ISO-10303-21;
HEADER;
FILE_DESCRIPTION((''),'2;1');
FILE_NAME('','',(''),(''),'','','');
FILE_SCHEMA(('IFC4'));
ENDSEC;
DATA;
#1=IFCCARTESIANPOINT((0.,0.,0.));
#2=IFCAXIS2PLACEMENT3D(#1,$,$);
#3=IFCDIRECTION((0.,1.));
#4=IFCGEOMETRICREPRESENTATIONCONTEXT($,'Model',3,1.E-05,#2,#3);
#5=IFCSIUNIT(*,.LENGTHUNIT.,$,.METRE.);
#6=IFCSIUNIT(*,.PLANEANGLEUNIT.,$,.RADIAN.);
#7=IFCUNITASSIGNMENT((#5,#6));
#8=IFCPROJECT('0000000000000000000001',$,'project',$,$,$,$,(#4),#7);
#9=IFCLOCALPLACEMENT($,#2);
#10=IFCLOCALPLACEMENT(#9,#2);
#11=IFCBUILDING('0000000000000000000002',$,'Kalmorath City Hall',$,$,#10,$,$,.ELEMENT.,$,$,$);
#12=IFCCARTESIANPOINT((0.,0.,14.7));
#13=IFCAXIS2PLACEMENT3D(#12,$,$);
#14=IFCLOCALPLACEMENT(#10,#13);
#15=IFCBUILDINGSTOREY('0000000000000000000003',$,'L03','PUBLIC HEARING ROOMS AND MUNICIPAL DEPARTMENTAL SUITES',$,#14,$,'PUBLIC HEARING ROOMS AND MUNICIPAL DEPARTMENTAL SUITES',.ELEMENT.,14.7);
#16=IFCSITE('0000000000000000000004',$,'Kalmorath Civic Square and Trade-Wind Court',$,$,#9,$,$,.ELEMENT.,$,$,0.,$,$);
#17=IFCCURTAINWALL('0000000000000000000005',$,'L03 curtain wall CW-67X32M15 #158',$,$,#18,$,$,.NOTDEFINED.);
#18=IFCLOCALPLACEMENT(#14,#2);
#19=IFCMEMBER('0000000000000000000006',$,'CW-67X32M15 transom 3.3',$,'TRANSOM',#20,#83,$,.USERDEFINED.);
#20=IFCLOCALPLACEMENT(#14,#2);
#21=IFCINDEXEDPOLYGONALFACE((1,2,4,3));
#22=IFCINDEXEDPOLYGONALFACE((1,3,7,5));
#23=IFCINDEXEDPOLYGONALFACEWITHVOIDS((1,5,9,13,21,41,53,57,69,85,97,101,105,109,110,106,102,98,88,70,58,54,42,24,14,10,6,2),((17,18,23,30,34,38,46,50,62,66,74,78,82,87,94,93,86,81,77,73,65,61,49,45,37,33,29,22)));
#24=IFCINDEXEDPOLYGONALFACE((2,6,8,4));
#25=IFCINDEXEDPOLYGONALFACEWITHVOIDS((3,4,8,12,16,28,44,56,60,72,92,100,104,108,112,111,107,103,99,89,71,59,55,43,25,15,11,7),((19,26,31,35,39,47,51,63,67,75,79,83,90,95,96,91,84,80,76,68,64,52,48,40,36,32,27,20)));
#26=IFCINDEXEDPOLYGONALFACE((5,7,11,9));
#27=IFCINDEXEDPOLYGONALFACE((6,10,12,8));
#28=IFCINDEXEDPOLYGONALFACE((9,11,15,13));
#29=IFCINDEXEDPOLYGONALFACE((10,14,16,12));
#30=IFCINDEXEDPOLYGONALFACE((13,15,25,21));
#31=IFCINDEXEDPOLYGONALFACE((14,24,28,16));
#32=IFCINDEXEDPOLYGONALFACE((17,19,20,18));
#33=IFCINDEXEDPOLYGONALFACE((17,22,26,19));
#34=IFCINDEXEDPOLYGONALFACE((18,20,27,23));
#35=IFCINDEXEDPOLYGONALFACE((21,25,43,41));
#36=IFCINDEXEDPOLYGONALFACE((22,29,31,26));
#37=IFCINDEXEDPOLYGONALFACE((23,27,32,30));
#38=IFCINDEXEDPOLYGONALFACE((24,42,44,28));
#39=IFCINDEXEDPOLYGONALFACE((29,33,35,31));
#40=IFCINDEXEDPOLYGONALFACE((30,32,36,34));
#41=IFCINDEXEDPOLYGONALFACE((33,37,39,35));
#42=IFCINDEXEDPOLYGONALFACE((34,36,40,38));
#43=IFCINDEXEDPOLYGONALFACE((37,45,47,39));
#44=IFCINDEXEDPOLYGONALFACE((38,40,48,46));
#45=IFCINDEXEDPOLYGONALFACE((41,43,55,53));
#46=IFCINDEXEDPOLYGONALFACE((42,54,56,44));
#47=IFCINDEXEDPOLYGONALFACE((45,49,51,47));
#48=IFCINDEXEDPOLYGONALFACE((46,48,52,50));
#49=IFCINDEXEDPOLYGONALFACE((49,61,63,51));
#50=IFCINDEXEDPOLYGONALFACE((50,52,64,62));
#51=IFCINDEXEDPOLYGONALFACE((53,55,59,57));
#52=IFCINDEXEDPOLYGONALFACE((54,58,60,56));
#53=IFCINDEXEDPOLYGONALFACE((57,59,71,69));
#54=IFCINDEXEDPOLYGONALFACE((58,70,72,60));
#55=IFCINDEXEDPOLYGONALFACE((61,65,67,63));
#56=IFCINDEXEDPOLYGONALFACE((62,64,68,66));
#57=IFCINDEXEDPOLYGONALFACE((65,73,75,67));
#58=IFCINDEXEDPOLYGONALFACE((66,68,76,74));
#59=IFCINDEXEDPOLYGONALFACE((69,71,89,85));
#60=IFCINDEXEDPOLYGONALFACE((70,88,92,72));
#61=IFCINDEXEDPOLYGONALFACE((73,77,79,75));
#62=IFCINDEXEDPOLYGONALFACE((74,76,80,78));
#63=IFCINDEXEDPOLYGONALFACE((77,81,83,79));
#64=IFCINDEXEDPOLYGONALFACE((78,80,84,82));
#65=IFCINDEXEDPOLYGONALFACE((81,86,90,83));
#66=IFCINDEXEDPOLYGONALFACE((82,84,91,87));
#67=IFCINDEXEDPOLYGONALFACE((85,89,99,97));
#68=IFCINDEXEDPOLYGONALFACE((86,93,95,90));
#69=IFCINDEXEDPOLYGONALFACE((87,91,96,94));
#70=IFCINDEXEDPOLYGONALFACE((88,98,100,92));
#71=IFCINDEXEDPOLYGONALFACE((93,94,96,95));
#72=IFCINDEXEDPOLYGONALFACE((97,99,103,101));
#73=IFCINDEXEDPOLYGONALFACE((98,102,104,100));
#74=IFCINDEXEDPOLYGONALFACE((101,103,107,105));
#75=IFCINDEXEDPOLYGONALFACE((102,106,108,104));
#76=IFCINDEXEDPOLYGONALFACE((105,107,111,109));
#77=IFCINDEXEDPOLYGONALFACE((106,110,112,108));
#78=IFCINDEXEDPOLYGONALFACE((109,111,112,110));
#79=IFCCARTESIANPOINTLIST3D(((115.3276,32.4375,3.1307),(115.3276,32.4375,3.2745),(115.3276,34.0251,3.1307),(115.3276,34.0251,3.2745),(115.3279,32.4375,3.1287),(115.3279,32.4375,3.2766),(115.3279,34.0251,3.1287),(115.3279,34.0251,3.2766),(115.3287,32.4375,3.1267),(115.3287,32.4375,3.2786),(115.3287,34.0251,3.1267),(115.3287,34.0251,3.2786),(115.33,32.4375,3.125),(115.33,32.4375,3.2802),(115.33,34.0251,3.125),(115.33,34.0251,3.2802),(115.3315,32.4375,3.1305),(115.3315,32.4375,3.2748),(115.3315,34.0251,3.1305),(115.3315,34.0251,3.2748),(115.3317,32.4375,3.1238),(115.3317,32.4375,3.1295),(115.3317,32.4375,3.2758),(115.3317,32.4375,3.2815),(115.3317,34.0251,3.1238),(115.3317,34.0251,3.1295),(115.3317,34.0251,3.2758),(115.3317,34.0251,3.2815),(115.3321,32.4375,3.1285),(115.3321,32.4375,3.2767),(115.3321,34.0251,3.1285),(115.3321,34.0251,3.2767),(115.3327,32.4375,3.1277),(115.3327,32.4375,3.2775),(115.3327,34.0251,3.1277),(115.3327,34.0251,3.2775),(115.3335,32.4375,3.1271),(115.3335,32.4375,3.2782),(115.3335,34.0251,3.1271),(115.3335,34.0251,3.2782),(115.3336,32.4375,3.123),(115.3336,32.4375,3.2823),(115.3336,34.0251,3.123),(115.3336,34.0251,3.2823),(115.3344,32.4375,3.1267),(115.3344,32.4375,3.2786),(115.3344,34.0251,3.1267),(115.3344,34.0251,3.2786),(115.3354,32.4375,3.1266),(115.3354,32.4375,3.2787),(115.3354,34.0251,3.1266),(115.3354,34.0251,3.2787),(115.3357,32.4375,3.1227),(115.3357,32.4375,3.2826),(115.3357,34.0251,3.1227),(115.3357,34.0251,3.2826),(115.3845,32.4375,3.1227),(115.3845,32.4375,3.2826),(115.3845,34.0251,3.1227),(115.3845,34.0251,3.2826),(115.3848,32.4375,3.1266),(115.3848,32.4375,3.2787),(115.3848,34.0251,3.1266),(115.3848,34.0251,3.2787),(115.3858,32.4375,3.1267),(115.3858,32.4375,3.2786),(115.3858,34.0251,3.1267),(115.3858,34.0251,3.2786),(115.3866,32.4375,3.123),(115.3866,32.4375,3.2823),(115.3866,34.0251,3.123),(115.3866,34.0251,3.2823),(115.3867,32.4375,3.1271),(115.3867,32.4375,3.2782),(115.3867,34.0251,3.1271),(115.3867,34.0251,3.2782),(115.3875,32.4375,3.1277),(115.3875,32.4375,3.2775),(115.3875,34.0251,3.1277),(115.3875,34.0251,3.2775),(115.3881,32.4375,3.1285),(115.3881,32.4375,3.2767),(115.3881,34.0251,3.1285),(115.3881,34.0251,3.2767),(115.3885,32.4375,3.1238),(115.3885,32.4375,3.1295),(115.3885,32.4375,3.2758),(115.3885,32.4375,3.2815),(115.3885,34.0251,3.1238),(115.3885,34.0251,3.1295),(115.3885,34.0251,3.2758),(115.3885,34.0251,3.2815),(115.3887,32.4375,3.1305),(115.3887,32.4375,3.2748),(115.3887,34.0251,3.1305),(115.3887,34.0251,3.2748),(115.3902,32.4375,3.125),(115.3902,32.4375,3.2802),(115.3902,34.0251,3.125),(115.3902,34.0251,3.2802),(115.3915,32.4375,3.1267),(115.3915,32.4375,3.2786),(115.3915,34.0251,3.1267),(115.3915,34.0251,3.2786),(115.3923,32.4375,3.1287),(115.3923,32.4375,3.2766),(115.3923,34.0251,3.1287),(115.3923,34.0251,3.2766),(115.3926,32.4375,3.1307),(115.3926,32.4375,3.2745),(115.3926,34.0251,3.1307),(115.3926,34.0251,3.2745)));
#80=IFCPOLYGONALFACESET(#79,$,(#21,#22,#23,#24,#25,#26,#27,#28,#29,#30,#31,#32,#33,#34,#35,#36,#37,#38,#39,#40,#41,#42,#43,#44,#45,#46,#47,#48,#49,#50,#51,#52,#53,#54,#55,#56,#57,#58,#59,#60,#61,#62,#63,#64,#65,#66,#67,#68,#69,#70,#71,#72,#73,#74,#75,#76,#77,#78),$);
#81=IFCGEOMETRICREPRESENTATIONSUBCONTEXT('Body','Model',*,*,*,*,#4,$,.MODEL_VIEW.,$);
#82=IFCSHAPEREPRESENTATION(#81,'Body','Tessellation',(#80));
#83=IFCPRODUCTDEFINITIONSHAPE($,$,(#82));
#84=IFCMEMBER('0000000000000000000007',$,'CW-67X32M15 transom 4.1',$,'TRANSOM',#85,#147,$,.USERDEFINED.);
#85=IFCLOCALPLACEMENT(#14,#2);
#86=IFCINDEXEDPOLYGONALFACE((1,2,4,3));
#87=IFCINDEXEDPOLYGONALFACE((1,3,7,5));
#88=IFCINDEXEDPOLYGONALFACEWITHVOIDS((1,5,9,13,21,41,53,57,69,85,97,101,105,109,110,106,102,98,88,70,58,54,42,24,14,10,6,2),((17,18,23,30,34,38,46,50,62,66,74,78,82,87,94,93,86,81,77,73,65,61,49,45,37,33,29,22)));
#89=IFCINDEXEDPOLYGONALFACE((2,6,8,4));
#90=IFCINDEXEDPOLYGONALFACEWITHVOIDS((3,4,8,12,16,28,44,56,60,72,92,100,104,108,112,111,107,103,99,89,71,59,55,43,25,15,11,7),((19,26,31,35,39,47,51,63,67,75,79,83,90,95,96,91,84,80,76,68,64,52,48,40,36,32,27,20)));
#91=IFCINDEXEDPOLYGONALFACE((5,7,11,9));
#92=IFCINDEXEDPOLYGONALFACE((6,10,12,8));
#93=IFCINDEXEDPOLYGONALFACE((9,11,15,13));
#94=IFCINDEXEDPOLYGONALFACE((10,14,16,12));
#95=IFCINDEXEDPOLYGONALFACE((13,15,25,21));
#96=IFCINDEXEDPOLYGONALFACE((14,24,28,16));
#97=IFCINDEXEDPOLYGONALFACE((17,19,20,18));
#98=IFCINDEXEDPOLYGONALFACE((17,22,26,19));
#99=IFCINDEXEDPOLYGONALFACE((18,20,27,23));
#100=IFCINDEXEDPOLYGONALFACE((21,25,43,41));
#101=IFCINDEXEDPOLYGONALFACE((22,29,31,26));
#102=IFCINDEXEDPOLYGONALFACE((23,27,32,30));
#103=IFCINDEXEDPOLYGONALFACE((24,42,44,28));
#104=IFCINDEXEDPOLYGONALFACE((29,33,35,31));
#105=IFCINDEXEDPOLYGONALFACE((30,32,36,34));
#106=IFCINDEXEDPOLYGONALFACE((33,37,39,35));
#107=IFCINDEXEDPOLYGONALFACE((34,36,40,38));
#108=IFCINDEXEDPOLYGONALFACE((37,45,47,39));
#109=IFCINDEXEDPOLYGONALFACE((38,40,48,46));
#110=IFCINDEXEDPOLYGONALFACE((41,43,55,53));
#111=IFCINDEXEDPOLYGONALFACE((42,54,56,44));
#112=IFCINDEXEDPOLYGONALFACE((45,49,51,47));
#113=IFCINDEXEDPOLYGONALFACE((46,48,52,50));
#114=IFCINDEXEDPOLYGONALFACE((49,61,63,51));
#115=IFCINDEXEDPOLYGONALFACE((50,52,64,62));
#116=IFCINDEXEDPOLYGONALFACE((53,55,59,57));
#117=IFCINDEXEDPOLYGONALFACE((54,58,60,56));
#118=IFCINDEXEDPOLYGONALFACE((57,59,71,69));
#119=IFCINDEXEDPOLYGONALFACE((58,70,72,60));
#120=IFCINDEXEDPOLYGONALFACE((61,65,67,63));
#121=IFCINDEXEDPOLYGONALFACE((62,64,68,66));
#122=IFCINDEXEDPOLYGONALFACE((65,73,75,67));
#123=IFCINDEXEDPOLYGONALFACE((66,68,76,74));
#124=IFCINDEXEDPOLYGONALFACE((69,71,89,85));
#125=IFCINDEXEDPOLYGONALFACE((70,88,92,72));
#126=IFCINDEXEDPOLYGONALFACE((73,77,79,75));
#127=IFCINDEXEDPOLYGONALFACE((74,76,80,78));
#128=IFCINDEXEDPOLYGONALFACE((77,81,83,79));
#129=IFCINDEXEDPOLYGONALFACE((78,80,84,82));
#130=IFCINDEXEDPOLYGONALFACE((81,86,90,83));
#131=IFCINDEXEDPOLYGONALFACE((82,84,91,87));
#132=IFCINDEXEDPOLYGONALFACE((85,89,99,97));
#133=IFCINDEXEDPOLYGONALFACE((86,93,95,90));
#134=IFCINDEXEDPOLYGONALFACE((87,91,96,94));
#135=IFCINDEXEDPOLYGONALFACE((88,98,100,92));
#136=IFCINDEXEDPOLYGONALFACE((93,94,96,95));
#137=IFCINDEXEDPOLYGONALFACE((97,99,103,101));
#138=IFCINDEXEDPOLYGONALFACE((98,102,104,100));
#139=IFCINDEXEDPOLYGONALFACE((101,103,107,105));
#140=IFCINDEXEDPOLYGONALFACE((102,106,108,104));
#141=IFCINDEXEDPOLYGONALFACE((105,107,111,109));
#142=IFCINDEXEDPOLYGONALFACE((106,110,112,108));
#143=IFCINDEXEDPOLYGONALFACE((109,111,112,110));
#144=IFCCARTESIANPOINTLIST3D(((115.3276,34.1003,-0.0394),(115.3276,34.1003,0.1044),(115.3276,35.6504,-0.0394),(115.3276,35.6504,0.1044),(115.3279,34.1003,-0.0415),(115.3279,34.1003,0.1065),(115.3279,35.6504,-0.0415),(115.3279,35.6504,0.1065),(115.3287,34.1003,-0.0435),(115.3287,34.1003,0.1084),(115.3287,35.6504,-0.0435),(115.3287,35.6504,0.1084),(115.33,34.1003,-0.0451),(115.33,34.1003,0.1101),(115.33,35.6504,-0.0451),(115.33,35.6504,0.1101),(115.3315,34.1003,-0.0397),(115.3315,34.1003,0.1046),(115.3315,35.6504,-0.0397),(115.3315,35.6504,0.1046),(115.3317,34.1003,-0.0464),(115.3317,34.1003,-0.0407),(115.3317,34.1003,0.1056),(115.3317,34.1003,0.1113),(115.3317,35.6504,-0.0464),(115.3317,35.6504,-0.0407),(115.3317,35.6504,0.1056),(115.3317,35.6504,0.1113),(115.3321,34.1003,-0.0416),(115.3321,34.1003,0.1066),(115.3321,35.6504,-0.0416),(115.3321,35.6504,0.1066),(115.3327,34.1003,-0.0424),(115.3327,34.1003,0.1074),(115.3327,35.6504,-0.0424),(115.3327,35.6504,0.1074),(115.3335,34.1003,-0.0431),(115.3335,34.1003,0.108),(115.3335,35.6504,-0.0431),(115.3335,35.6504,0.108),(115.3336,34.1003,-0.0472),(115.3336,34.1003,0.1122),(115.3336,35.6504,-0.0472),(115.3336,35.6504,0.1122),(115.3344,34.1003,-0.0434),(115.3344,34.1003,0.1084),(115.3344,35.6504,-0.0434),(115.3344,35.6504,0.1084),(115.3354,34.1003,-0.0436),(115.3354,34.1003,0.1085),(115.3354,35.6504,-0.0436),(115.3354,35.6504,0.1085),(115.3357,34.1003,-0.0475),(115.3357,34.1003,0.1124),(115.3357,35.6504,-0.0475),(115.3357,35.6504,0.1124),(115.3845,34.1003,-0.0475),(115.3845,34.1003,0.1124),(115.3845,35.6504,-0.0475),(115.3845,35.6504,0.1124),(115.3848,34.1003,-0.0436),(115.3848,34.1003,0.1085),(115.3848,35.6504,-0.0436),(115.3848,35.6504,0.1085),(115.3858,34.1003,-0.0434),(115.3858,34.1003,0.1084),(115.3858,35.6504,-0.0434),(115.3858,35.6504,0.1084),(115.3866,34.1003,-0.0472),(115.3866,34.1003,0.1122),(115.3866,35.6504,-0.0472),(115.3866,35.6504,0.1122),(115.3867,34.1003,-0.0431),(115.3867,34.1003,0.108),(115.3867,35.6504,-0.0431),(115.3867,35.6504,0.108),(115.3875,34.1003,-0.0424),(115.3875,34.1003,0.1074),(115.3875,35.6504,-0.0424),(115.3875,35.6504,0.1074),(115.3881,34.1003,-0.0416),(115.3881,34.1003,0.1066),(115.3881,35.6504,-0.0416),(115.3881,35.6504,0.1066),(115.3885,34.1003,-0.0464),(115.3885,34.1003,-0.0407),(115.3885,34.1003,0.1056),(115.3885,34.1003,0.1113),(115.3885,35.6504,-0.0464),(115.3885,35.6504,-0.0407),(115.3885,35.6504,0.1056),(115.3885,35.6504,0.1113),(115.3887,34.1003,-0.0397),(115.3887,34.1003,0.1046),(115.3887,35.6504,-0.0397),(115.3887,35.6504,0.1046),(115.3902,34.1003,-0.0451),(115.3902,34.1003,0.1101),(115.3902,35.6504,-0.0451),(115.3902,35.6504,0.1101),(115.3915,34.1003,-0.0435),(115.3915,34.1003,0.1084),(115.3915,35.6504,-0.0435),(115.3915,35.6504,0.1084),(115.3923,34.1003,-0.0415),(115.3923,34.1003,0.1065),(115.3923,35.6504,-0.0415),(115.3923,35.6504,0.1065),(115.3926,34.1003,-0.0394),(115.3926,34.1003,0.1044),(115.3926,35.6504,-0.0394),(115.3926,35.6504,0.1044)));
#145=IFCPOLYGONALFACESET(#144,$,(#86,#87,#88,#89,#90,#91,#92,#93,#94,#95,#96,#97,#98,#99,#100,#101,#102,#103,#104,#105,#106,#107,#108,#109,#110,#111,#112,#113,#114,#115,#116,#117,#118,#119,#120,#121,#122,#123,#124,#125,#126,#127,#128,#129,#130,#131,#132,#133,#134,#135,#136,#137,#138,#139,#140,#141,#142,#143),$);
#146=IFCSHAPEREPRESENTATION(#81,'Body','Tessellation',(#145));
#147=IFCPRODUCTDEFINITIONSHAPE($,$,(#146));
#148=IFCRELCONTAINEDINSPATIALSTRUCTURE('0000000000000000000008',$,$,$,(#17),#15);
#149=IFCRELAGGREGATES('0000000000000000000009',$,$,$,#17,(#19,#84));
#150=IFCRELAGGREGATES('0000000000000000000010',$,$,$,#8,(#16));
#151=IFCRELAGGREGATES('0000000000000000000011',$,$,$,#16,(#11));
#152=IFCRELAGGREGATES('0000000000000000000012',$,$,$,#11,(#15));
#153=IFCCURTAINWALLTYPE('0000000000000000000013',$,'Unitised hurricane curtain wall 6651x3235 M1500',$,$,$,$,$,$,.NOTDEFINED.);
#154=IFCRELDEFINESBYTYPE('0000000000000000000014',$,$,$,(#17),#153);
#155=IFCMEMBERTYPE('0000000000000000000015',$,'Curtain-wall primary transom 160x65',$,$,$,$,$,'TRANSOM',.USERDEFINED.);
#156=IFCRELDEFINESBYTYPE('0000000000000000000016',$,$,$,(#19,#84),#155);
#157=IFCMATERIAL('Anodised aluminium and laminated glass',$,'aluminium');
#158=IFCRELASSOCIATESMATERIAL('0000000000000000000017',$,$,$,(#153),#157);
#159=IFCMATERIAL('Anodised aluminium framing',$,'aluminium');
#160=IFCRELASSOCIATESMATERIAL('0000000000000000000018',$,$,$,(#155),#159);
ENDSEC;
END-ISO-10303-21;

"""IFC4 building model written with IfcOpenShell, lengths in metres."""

from ifc_helpers import new_model, si_unit, direction, frame, origin, origin_2d, place, context, subcontext, project, spatial, hollow_rectangle, extrude, material, material_profile, profile_set, type_object, element, aggregate, save


model = new_model("IFC4")

# Units and contexts
model_context = context("Model", 3, precision=1e-05, world=origin(), true_north=direction((0.0, 1.0)))
body_context = subcontext(model_context, "Body", "Model", "MODEL_VIEW")
ifc_project = project(units=[si_unit("LENGTHUNIT", "METRE"), si_unit("PLANEANGLEUNIT", "RADIAN")], contexts=[model_context])

# Site, building, storey
site_placement = place(None, origin())
site = spatial("IfcSite", under=ifc_project, at=site_placement, Name="Kalmorath Civic Square and Trade-Wind Court", CompositionType="ELEMENT", RefElevation=0.0)
building_placement = place(site_placement, origin())
building = spatial("IfcBuilding", under=site, at=building_placement, Name="Kalmorath City Hall", CompositionType="ELEMENT")
storey_placement = place(building_placement, frame((0.0, 0.0, 14.7)))
storey = spatial("IfcBuildingStorey", under=building, at=storey_placement, Name="L03", Description="PUBLIC HEARING ROOMS AND MUNICIPAL DEPARTMENTAL SUITES", LongName="PUBLIC HEARING ROOMS AND MUNICIPAL DEPARTMENTAL SUITES", CompositionType="ELEMENT", Elevation=14.7)

# Curtain wall, members
ifc_material_1 = material(Name="Anodised aluminium and laminated glass", Category="aluminium")
curtain_wall_type = type_object("IfcCurtainWallType", Name="Unitised hurricane curtain wall 6651x3235 M1500", PredefinedType="NOTDEFINED", material=ifc_material_1)
curtain_wall_placement = place(storey_placement, origin())
curtain_wall = element("IfcCurtainWall", 1, at=curtain_wall_placement, inside=storey, type_object=curtain_wall_type, Name="L03 curtain wall CW-67X32M15 #158", PredefinedType="NOTDEFINED")
ifc_material_2 = material(Name="Anodised aluminium framing", Category="aluminium")
ifc_material_profile_1 = material_profile(ifc_material_2, hollow_rectangle(XDim=0.0649, YDim=0.1599, WallThickness=0.0039, InnerFilletRadius=0.0039, OuterFilletRadius=0.0081, at=origin_2d()), Name="ALU-TRN-160X65X4")
ifc_profile_set_1 = profile_set([ifc_material_profile_1], Name="Anodised aluminium framing")
member_type_1 = type_object("IfcMemberType", Name="Curtain-wall primary transom 160x65", ElementType="TRANSOM", PredefinedType="USERDEFINED", material=ifc_profile_set_1)
member_1_placement = place(storey_placement, frame((115.3601, 32.4375, 3.2026), z_axis=(0.0, 1.0, 0.0), x_axis=(-1.0, 0.0, 0.0)))
member_1 = element("IfcMember", 2, at=member_1_placement, type_object=member_type_1, Name="CW-67X32M15 transom 3.3", ObjectType="TRANSOM", PredefinedType="USERDEFINED", context=body_context, shape_type="SweptSolid", body=[
    extrude(hollow_rectangle(XDim=0.0649, YDim=0.1599, WallThickness=0.0039, InnerFilletRadius=0.0039, OuterFilletRadius=0.0081, at=origin_2d()), origin(), (0.0, 0.0, 1.0), 1.5876),
])
member_2_placement = place(storey_placement, frame((115.3601, 34.1003, 0.0325), z_axis=(0.0, 1.0, 0.0), x_axis=(-1.0, 0.0, 0.0)))
member_2 = element("IfcMember", 3, at=member_2_placement, type_object=member_type_1, Name="CW-67X32M15 transom 4.1", ObjectType="TRANSOM", PredefinedType="USERDEFINED", context=body_context, shape_type="SweptSolid", body=[
    extrude(hollow_rectangle(XDim=0.0649, YDim=0.1599, WallThickness=0.0039, InnerFilletRadius=0.0039, OuterFilletRadius=0.0081, at=origin_2d()), origin(), (0.0, 0.0, 1.0), 1.55),
])
aggregate(curtain_wall, [member_1, member_2])

save(model, "model.ifc")
